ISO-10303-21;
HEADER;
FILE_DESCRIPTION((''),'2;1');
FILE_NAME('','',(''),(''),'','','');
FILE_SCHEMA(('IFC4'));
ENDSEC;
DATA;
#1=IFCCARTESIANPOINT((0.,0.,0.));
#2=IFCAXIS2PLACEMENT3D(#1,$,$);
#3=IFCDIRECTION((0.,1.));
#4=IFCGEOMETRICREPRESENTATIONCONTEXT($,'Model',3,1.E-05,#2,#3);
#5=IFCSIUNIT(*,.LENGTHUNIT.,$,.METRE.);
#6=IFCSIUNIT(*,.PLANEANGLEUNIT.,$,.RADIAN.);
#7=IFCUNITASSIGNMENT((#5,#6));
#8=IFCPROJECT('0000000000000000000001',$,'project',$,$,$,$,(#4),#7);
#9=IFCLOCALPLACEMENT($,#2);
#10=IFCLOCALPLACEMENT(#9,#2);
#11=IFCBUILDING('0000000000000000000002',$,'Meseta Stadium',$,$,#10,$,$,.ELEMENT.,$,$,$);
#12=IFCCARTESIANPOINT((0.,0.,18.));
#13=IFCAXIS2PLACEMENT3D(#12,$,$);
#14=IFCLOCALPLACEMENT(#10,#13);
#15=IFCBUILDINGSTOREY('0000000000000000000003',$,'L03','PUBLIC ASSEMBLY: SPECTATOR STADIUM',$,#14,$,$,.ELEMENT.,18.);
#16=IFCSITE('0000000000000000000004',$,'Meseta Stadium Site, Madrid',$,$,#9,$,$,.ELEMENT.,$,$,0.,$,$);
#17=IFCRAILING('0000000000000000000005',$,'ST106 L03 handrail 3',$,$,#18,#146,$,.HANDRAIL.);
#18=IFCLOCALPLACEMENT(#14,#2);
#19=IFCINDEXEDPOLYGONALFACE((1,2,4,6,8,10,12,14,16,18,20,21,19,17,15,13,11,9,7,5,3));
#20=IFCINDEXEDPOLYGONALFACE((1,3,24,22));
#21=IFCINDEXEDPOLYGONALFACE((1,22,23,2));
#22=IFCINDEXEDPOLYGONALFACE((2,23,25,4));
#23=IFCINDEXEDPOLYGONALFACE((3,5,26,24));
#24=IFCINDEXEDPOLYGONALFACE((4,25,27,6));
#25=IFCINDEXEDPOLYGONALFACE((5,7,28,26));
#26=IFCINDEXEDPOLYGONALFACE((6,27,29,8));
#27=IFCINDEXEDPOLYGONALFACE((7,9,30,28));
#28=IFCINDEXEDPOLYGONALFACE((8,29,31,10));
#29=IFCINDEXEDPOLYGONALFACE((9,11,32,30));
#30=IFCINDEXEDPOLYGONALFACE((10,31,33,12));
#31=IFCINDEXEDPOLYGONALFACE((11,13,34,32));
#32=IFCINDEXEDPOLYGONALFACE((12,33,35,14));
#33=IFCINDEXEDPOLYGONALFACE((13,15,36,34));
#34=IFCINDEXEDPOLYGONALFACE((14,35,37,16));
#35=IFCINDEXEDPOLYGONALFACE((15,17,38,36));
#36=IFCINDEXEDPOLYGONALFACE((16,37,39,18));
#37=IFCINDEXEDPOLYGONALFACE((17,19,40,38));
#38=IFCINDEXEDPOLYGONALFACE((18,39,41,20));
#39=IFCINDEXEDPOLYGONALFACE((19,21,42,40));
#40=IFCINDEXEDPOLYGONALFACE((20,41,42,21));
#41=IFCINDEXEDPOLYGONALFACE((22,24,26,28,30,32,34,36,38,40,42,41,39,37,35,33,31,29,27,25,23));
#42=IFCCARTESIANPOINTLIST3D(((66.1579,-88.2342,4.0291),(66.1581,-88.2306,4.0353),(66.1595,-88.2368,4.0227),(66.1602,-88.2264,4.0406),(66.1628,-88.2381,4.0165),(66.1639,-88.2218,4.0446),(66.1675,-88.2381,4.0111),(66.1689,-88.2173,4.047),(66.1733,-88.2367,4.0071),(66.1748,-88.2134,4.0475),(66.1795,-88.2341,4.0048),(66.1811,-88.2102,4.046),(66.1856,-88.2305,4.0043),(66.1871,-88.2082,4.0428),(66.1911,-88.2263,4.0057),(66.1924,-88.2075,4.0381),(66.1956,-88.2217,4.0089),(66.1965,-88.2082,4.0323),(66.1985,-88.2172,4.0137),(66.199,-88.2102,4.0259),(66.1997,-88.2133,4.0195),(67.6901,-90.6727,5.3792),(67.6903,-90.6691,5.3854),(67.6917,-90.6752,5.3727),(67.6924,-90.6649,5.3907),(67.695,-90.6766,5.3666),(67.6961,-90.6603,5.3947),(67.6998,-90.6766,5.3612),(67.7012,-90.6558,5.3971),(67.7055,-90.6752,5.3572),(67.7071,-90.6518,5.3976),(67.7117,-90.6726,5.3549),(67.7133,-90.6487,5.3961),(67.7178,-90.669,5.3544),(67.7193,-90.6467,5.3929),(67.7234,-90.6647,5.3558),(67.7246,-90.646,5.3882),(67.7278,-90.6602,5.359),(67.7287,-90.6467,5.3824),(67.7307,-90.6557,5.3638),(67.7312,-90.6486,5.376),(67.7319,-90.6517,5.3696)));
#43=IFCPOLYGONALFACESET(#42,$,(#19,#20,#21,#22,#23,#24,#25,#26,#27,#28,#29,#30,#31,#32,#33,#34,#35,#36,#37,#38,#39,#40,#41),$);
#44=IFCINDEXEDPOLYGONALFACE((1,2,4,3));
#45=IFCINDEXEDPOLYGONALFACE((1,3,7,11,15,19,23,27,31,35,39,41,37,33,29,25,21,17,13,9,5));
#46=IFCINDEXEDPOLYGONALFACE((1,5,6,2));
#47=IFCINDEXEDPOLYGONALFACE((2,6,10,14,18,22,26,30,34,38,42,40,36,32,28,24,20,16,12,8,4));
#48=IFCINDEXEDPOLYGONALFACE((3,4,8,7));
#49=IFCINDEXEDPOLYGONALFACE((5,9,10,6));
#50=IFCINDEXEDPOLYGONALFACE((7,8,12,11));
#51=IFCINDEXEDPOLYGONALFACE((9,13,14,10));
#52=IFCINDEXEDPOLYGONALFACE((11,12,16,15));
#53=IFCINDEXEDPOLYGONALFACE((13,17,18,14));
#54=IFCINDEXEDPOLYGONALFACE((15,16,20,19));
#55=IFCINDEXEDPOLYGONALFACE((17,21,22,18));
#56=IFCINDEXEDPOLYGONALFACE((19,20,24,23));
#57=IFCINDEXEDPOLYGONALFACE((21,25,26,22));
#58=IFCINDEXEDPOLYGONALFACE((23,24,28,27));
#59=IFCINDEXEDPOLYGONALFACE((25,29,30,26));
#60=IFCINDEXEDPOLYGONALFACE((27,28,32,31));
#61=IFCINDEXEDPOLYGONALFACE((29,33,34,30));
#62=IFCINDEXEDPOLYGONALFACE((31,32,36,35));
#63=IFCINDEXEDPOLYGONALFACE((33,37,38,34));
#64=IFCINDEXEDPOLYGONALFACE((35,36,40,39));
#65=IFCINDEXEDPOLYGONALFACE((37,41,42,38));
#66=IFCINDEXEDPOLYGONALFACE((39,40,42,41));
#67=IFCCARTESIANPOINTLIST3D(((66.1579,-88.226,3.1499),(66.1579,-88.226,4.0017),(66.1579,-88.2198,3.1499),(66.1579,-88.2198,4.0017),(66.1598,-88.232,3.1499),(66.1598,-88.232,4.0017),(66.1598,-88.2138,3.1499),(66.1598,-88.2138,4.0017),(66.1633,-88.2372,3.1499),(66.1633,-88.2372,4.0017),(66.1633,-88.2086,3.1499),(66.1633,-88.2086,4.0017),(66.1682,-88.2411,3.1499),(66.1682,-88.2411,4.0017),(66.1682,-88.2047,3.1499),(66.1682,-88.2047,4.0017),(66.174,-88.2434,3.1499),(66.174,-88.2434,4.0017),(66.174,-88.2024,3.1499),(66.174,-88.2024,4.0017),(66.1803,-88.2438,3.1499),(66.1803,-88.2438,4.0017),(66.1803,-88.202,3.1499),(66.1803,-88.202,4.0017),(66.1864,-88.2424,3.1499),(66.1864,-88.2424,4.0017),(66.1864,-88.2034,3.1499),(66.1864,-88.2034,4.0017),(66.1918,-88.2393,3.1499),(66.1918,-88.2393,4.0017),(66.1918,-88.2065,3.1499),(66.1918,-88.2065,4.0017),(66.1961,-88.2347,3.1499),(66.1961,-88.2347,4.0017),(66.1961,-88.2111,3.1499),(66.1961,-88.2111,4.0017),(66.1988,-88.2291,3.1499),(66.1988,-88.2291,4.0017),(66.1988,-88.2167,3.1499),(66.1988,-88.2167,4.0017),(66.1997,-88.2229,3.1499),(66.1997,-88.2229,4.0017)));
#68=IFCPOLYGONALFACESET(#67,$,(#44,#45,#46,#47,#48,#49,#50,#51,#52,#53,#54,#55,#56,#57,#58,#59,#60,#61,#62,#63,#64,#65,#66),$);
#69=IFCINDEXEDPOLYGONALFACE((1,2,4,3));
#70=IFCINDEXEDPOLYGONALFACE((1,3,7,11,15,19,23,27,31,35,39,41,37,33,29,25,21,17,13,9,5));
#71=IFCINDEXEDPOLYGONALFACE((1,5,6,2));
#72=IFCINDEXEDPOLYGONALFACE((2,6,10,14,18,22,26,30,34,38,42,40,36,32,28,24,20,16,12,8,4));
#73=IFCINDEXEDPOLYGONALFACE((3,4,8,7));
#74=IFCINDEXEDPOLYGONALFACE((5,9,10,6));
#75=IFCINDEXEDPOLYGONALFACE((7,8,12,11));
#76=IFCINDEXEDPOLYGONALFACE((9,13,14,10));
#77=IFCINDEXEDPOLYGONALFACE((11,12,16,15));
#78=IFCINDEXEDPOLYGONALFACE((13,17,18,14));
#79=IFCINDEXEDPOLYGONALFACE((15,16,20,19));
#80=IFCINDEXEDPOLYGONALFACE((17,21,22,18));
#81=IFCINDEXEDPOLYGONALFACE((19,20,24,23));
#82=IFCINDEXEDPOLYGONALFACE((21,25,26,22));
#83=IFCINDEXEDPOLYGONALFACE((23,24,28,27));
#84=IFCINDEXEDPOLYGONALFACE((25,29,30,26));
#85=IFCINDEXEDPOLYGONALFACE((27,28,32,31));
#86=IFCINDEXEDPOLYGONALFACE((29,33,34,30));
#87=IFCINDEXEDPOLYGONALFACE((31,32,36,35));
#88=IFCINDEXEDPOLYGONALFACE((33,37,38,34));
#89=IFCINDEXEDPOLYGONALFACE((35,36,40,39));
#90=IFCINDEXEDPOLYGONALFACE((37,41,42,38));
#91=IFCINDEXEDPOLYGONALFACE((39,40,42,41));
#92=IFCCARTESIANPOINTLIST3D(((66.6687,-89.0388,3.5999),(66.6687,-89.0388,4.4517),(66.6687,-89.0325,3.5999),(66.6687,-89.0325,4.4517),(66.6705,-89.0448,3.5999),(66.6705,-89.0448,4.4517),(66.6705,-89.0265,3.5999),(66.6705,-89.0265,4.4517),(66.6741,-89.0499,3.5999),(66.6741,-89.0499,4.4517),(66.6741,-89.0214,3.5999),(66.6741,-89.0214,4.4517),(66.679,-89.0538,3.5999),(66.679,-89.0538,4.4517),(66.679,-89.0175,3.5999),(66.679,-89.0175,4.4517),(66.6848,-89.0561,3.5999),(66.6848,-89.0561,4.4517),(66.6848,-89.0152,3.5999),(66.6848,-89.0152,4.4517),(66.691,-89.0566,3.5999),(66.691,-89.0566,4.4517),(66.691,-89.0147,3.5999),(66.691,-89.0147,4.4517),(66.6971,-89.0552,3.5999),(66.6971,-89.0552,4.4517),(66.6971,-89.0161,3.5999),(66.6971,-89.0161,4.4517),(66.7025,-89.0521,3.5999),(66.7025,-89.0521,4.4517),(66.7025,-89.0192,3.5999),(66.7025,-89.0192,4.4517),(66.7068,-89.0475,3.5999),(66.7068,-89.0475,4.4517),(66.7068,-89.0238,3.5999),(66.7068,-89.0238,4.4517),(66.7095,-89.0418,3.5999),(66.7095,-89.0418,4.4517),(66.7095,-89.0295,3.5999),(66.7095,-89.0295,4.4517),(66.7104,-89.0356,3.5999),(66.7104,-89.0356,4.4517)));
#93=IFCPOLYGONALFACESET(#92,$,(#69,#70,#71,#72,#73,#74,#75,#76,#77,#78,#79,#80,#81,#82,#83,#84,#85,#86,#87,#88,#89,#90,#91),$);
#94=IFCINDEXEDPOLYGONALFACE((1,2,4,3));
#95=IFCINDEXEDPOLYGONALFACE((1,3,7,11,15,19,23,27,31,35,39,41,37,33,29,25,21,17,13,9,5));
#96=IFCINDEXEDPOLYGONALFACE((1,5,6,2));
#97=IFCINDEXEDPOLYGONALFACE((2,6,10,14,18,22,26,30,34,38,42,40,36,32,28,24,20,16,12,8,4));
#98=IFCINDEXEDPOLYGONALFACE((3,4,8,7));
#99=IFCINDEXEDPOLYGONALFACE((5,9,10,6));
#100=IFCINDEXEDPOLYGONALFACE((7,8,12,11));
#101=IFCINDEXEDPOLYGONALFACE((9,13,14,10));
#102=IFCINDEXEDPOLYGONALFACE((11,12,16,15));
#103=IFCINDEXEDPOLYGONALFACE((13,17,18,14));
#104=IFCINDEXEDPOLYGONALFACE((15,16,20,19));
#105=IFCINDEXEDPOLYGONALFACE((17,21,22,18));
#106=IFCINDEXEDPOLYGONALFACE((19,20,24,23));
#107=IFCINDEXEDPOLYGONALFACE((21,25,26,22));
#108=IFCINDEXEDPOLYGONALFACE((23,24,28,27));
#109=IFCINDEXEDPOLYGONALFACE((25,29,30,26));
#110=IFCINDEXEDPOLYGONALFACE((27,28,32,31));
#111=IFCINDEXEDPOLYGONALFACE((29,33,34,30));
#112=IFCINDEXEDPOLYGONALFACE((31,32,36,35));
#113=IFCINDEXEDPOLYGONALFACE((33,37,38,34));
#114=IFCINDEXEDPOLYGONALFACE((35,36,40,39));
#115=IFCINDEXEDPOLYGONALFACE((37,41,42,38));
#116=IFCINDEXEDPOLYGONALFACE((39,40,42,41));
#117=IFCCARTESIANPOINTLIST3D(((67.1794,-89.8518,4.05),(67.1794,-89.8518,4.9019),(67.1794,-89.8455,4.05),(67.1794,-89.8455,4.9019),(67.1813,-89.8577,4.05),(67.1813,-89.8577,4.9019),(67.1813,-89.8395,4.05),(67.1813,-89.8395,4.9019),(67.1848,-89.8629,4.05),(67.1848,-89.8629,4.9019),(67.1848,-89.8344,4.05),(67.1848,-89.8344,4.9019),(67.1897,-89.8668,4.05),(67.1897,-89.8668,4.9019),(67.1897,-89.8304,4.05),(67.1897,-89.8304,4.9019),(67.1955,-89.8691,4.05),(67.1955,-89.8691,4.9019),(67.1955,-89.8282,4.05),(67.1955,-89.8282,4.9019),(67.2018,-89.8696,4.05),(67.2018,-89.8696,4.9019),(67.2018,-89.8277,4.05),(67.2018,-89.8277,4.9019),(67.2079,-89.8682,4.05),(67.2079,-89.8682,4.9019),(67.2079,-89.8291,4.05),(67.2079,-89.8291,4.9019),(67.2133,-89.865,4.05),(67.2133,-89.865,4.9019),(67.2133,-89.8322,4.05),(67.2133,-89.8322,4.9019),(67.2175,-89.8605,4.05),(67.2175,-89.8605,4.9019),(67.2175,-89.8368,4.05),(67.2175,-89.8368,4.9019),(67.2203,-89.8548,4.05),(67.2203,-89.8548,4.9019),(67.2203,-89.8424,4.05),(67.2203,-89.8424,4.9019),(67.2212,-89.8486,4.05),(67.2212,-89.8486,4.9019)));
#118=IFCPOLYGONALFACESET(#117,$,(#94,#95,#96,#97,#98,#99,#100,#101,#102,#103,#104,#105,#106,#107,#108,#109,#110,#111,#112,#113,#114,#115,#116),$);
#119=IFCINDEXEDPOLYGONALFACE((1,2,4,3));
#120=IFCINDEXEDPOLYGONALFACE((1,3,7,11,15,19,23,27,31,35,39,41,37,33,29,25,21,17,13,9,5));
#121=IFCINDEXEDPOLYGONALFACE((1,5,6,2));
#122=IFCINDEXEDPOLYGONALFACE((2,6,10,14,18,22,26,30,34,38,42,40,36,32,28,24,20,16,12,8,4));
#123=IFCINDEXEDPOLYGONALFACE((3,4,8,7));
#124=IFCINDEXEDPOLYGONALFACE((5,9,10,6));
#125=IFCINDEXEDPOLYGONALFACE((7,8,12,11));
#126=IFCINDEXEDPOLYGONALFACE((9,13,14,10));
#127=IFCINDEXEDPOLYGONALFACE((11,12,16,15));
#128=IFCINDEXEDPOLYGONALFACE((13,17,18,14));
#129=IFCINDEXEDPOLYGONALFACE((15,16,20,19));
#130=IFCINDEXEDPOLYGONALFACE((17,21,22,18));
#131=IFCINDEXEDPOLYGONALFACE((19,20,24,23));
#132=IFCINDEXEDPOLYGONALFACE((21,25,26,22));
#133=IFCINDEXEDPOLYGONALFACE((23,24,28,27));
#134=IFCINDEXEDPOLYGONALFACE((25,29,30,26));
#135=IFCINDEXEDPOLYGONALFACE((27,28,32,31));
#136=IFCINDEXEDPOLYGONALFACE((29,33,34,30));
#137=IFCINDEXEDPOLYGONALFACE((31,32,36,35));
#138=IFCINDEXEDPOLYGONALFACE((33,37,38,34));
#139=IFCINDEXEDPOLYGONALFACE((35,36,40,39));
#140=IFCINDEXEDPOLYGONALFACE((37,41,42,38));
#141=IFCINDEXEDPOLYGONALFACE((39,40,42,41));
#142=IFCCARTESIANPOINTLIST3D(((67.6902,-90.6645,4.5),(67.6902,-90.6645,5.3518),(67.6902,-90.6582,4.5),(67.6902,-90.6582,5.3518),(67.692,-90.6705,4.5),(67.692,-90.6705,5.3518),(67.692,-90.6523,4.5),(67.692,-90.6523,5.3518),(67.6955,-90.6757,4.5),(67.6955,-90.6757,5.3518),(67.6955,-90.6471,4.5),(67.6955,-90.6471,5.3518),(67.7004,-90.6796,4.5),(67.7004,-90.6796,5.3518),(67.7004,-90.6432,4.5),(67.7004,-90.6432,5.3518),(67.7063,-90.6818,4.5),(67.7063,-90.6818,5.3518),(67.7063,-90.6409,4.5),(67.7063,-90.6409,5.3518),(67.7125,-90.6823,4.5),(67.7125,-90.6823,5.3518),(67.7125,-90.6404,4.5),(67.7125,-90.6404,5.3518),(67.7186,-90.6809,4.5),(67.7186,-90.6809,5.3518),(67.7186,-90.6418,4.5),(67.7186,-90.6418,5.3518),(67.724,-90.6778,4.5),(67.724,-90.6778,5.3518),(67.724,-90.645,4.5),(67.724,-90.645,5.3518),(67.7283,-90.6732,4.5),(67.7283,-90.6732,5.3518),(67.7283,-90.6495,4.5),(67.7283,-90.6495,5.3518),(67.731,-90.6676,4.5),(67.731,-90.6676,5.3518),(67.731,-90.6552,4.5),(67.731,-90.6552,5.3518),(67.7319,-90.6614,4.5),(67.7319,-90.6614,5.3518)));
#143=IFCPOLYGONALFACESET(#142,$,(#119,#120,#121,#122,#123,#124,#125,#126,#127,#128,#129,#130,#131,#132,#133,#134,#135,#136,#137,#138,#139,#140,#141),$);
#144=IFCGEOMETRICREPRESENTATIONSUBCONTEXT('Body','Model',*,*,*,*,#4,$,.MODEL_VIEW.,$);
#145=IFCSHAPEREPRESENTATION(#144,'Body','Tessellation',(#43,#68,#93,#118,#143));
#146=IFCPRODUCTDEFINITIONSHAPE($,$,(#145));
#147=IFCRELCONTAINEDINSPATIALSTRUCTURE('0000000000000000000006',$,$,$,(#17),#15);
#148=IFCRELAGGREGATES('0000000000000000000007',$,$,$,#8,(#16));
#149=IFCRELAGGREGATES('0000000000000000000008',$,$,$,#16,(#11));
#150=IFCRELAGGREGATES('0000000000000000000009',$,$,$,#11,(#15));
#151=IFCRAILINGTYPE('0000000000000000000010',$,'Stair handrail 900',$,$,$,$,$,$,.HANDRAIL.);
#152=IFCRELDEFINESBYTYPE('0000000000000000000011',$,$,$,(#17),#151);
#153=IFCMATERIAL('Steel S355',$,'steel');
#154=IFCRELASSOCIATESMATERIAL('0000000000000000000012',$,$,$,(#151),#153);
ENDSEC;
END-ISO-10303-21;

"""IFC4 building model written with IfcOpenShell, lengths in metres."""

from ifc_helpers import new_model, si_unit, direction, frame, origin, origin_2d, place, context, subcontext, project, spatial, circle, extrude, material, type_object, element, save


model = new_model("IFC4")

# Units and contexts
model_context = context("Model", 3, precision=1e-05, world=origin(), true_north=direction((0.0, 1.0)))
body_context = subcontext(model_context, "Body", "Model", "MODEL_VIEW")
ifc_project = project(units=[si_unit("LENGTHUNIT", "METRE"), si_unit("PLANEANGLEUNIT", "RADIAN")], contexts=[model_context])

# Site, building, storey
site_placement = place(None, origin())
site = spatial("IfcSite", under=ifc_project, at=site_placement, Name="Meseta Stadium Site, Madrid", CompositionType="ELEMENT", RefElevation=0.0)
building_placement = place(site_placement, origin())
building = spatial("IfcBuilding", under=site, at=building_placement, Name="Meseta Stadium", CompositionType="ELEMENT")
storey_placement = place(building_placement, frame((0.0, 0.0, 18.0)))
storey = spatial("IfcBuildingStorey", under=building, at=storey_placement, Name="L03", Description="PUBLIC ASSEMBLY: SPECTATOR STADIUM", CompositionType="ELEMENT", Elevation=18.0)

# Railing
ifc_material_1 = material(Name="Steel S355", Category="steel")
railing_type_1 = type_object("IfcRailingType", Name="Stair handrail 900", PredefinedType="HANDRAIL", material=ifc_material_1)
for number, where, name in (
    (1, (66.1787, -88.2229, 3.1499), "ST106 L03 handrail 3"),
):
    element("IfcRailing", number, at=place(storey_placement, frame(where)), inside=storey, type_object=railing_type_1, Name=name, PredefinedType="HANDRAIL", context=body_context, shape_type="SweptSolid", body=[
        extrude(circle(Radius=0.0239, at=origin_2d()), frame((0.0, 0.0, 0.876), z_axis=(0.481731, -0.766655, 0.42447), x_axis=(0.846719, 0.53204, 0.0)), (0.0, 0.0, 1.0), 3.1807),
        extrude(circle(Radius=0.021, at=origin_2d()), origin(), (0.0, 0.0, 1.0), 0.8518),
        extrude(circle(Radius=0.021, at=origin_2d()), frame((0.5107, -0.8127, 0.45)), (0.0, 0.0, 1.0), 0.8518),
        extrude(circle(Radius=0.021, at=origin_2d()), frame((1.0215, -1.6257, 0.9001)), (0.0, 0.0, 1.0), 0.8518),
        extrude(circle(Radius=0.021, at=origin_2d()), frame((1.5322, -2.4385, 1.3501)), (0.0, 0.0, 1.0), 0.8518),
    ])

save(model, "model.ifc")
